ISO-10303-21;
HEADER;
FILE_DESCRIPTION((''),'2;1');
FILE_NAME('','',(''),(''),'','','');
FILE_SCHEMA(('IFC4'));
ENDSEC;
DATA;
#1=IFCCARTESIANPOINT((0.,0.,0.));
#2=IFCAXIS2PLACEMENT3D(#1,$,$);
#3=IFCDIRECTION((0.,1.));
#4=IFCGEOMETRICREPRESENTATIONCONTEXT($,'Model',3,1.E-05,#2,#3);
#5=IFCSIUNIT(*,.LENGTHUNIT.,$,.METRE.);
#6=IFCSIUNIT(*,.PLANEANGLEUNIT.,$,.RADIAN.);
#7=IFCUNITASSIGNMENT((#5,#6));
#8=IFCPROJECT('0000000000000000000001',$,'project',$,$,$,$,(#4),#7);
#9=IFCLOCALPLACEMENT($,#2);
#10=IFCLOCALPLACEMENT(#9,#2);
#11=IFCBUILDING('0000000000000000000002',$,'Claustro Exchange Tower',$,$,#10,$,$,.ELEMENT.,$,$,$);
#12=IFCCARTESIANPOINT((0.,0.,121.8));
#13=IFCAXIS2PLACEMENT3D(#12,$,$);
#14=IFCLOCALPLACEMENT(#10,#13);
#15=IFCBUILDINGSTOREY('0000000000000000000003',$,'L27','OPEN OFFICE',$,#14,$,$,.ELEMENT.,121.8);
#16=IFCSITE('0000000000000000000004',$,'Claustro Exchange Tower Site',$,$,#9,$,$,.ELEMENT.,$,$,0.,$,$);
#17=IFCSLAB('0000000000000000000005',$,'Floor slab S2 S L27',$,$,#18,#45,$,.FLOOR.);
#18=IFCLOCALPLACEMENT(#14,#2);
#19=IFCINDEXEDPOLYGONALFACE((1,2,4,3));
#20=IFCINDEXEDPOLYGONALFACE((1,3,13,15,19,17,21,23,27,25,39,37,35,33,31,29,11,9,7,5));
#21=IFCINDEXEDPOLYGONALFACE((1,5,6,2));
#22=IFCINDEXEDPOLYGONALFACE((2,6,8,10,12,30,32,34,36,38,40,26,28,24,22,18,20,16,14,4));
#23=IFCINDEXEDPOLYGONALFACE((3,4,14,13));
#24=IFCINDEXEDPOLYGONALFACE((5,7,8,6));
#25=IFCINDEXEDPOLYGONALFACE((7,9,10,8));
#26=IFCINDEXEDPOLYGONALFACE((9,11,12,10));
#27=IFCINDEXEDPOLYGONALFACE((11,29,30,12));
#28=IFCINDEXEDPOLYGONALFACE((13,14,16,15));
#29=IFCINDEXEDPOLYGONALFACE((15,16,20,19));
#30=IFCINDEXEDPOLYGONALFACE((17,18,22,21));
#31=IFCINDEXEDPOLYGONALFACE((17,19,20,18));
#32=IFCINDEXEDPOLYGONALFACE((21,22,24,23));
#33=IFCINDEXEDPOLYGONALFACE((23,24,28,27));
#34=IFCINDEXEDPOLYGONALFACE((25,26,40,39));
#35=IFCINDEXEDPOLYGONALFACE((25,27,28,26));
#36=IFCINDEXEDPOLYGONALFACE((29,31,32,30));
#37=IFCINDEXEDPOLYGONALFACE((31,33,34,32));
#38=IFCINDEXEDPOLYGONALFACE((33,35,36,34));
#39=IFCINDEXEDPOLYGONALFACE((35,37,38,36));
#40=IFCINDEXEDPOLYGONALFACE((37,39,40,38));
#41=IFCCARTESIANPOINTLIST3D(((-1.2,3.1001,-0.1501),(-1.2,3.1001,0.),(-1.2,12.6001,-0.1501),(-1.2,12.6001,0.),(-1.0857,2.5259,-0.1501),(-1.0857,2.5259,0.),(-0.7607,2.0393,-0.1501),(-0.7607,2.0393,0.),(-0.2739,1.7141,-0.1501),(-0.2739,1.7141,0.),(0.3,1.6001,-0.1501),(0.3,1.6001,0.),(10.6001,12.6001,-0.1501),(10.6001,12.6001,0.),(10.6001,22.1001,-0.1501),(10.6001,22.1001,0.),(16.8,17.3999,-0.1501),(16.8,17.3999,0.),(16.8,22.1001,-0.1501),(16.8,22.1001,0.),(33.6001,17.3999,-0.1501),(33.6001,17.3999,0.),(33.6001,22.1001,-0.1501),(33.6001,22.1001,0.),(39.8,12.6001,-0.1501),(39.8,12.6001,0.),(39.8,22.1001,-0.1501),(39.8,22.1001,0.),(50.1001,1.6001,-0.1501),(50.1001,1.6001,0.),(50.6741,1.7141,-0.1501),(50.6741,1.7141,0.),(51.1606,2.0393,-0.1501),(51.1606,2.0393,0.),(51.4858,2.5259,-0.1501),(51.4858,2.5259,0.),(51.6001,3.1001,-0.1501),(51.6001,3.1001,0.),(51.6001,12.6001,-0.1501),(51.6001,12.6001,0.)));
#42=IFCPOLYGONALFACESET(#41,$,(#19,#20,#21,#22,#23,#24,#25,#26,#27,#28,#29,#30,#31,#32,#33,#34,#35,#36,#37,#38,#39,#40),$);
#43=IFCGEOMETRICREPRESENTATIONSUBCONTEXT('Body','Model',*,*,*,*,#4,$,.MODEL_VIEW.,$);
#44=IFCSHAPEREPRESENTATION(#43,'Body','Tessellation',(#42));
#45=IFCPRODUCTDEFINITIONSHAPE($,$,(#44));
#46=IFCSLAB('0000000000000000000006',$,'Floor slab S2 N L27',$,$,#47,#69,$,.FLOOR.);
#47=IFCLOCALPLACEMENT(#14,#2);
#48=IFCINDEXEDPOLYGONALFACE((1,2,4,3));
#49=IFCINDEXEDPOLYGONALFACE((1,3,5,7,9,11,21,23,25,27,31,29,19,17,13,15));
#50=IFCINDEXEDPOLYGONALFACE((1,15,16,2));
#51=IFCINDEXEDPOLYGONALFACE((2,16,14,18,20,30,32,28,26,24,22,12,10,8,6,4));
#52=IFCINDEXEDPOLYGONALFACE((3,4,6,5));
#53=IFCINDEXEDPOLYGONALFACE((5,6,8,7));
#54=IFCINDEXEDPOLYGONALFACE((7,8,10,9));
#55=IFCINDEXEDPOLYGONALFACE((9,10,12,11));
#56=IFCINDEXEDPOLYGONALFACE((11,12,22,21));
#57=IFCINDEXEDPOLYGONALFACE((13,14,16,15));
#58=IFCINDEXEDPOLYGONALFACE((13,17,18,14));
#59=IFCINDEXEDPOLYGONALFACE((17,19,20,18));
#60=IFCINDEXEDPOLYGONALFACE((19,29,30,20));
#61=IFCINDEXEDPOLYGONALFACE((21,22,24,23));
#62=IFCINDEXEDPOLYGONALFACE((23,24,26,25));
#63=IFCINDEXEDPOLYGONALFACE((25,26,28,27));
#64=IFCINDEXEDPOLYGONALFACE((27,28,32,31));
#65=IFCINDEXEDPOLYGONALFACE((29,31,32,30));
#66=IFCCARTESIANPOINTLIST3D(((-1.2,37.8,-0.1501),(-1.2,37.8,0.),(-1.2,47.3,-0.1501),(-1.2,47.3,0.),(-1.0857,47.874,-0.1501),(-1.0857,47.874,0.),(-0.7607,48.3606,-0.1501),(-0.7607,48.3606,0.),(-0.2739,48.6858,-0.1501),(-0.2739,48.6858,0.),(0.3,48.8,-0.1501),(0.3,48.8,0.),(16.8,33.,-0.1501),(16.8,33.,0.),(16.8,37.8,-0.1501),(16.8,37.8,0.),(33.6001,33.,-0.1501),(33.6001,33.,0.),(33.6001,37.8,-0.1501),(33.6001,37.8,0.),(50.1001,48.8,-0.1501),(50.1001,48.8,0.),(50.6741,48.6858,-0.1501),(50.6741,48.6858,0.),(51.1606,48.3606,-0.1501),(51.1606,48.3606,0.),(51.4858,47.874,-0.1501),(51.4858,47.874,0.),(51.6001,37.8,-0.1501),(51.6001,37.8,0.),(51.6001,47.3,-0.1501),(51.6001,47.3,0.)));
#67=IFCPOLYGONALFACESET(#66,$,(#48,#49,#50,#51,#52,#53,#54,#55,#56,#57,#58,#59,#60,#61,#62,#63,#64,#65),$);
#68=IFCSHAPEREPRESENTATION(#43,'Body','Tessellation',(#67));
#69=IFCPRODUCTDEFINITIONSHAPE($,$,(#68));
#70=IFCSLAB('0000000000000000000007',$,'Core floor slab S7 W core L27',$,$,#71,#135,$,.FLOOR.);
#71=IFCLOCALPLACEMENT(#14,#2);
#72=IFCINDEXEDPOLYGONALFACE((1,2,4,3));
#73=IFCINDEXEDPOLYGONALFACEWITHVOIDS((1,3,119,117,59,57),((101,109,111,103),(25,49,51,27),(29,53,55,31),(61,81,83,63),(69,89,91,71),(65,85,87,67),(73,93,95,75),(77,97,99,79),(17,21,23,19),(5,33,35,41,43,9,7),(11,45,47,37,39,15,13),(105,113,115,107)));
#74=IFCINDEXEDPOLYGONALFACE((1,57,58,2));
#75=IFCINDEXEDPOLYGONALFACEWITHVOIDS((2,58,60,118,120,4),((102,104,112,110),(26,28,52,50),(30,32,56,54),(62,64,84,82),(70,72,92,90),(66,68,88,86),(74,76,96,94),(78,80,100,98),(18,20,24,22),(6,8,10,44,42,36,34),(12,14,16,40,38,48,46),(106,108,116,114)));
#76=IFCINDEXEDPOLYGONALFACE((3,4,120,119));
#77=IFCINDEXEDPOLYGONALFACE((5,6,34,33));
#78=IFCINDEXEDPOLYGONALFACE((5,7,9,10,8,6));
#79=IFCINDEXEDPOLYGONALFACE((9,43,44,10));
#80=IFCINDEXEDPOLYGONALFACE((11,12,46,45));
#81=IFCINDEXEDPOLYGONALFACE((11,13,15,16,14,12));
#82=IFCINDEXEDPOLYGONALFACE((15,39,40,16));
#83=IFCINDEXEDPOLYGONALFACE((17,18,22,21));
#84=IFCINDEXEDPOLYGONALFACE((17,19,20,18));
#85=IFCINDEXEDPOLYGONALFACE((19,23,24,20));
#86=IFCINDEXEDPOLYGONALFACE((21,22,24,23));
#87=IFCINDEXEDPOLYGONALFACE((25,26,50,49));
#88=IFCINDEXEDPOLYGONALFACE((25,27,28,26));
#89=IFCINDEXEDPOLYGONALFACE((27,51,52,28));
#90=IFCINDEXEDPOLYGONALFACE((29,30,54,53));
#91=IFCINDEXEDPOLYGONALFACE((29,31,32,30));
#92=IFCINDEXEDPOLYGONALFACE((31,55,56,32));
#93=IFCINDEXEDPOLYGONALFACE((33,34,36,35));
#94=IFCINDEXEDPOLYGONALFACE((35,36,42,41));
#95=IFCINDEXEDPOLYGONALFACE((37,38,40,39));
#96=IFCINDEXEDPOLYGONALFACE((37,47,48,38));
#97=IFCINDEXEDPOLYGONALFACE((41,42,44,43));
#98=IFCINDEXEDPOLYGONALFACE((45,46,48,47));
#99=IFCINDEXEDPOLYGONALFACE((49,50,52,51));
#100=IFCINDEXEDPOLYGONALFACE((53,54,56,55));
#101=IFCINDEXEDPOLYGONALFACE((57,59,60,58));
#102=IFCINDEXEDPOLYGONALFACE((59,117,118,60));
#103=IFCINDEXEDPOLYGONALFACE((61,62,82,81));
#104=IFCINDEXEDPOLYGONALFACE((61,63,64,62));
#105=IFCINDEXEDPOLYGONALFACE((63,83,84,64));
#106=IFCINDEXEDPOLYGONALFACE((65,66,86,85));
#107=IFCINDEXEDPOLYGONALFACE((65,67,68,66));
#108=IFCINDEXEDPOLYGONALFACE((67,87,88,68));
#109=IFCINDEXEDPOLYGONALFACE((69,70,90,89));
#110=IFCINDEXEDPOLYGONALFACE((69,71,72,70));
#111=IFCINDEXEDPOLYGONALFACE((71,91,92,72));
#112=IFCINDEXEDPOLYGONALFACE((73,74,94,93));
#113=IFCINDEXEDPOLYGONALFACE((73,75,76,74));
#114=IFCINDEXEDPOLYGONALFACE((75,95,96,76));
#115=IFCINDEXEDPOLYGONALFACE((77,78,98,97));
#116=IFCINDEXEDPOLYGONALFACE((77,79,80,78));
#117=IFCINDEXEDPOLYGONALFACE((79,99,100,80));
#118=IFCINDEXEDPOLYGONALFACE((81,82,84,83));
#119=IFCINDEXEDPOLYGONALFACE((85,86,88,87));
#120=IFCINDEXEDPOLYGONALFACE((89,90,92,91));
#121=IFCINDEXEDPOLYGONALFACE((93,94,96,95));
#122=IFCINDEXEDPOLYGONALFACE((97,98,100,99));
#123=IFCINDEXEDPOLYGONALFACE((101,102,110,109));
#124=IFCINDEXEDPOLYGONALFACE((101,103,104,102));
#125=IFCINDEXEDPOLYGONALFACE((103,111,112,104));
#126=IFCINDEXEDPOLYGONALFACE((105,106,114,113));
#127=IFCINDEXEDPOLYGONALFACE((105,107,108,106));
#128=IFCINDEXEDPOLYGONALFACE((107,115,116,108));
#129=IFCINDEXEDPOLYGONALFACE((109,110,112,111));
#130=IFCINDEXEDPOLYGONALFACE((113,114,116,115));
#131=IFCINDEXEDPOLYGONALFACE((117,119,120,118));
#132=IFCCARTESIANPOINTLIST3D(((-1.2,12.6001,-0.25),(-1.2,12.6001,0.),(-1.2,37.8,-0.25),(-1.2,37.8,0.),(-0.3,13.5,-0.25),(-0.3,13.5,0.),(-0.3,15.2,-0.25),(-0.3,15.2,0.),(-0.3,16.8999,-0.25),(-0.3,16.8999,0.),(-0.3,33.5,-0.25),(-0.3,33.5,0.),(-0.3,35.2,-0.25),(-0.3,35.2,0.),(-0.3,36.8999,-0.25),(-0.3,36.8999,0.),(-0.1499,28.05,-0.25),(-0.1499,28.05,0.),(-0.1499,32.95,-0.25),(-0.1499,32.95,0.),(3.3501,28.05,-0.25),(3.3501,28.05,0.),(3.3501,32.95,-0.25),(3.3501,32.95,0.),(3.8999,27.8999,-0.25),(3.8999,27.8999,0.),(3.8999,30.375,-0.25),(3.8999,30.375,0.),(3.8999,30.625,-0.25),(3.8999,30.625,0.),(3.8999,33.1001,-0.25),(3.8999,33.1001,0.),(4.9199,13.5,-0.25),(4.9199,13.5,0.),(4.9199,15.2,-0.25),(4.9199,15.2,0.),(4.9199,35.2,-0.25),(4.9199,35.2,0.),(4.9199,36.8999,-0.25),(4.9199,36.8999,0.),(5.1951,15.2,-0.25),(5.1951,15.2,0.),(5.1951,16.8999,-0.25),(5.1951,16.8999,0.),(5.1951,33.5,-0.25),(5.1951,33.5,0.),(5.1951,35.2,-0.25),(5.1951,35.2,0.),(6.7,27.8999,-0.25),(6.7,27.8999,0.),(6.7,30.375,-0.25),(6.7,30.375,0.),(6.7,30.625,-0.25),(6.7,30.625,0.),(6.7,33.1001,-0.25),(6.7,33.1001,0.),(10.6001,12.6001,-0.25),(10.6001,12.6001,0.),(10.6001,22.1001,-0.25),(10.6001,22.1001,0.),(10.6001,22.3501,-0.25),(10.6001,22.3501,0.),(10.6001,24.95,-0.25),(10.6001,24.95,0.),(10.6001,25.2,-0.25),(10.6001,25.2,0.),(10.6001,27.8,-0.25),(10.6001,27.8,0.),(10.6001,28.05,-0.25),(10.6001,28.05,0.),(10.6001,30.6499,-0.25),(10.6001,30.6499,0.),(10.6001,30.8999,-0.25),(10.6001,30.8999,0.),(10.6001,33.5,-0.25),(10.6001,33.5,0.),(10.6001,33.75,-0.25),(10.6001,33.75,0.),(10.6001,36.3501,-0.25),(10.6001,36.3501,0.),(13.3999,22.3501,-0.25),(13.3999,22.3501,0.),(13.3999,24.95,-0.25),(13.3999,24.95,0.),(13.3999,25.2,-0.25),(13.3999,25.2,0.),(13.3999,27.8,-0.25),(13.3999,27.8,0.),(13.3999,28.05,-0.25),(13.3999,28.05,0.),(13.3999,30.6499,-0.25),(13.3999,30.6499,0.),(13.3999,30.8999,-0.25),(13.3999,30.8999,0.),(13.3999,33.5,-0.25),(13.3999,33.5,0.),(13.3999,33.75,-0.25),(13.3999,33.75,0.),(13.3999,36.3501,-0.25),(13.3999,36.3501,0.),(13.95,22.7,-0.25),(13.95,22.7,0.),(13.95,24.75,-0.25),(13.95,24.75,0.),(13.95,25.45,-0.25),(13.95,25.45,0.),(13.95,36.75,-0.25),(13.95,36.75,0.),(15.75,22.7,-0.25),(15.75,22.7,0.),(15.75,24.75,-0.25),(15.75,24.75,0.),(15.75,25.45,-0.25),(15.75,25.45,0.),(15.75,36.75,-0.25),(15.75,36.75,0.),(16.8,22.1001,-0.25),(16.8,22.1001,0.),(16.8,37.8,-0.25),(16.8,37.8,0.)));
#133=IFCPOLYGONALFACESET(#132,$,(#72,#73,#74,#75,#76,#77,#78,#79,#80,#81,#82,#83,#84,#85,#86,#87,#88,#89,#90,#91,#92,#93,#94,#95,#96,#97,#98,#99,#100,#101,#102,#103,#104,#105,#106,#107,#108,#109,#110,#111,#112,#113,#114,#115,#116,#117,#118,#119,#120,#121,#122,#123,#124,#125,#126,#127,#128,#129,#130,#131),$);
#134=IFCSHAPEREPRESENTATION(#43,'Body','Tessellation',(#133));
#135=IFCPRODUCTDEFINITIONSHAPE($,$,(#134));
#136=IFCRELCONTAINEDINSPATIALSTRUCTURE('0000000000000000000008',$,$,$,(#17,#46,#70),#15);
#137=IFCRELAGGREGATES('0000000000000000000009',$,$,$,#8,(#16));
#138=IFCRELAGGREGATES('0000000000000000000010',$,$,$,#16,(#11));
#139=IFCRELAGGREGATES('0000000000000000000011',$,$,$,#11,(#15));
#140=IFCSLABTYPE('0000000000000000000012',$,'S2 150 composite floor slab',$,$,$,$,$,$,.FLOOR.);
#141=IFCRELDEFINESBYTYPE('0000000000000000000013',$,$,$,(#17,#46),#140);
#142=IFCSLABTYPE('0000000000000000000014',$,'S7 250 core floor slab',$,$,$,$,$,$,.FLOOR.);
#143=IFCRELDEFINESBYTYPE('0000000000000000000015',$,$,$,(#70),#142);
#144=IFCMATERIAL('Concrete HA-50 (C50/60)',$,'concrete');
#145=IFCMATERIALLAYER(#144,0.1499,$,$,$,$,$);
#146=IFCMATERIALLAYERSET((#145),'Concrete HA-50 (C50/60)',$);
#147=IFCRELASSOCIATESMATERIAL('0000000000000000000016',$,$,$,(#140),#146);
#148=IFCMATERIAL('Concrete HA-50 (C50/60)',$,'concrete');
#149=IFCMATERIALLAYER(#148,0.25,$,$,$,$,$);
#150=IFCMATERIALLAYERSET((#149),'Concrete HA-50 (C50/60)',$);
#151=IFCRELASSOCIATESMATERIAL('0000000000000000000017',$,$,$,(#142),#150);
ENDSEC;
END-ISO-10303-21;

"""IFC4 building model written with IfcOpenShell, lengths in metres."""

from ifc_helpers import new_model, si_unit, direction, frame, origin, place, context, subcontext, project, spatial, polyline, outline, extrude, material, layer, layer_set, type_object, element, save


model = new_model("IFC4")

# Units and contexts
model_context = context("Model", 3, precision=1e-05, world=origin(), true_north=direction((0.0, 1.0)))
body_context = subcontext(model_context, "Body", "Model", "MODEL_VIEW")
ifc_project = project(units=[si_unit("LENGTHUNIT", "METRE"), si_unit("PLANEANGLEUNIT", "RADIAN")], contexts=[model_context])

# Site, building, storey
site_placement = place(None, origin())
site = spatial("IfcSite", under=ifc_project, at=site_placement, Name="Claustro Exchange Tower Site", CompositionType="ELEMENT", RefElevation=0.0)
building_placement = place(site_placement, origin())
building = spatial("IfcBuilding", under=site, at=building_placement, Name="Claustro Exchange Tower", CompositionType="ELEMENT")
storey_placement = place(building_placement, frame((0.0, 0.0, 121.8)))
storey = spatial("IfcBuildingStorey", under=building, at=storey_placement, Name="L27", Description="OPEN OFFICE", CompositionType="ELEMENT", Elevation=121.8)

# Slabs
ifc_material_1 = material(Name="Concrete HA-50 (C50/60)", Category="concrete")
ifc_layer_1 = layer(ifc_material_1, 0.1499)
ifc_layer_set_1 = layer_set([ifc_layer_1], Name="Concrete HA-50 (C50/60)")
slab_type_1 = type_object("IfcSlabType", Name="S2 150 composite floor slab", PredefinedType="FLOOR", material=ifc_layer_set_1)
slab_1_placement = place(storey_placement, frame((0.0, 0.0, -0.1501)))
element("IfcSlab", 1, at=slab_1_placement, inside=storey, type_object=slab_type_1, Name="Floor slab S2 S L27", PredefinedType="FLOOR", context=body_context, shape_type="SweptSolid", body=[
    extrude(outline(polyline([(-0.2739, 1.7141), (0.3, 1.6001), (50.1001, 1.6001), (50.6741, 1.7141), (51.1606, 2.0393), (51.4858, 2.5259), (51.6001, 3.1001), (51.6001, 12.6001), (39.8, 12.6001), (39.8, 22.1001), (33.6001, 22.1001), (33.6001, 17.3999), (16.8, 17.3999), (16.8, 22.1001), (10.6001, 22.1001), (10.6001, 12.6001), (-1.2, 12.6001), (-1.2, 3.1001), (-1.0857, 2.5259), (-0.7607, 2.0393), (-0.2739, 1.7141)])), origin(), (0.0, 0.0, 1.0), 0.1501),
])
slab_2_placement = place(storey_placement, frame((0.0, 0.0, -0.1501)))
element("IfcSlab", 2, at=slab_2_placement, inside=storey, type_object=slab_type_1, Name="Floor slab S2 N L27", PredefinedType="FLOOR", context=body_context, shape_type="SweptSolid", body=[
    extrude(outline(polyline([(16.8, 37.8), (16.8, 33.0), (33.6001, 33.0), (33.6001, 37.8), (51.6001, 37.8), (51.6001, 47.3), (51.4858, 47.874), (51.1606, 48.3606), (50.6741, 48.6858), (50.1001, 48.8), (0.3, 48.8), (-0.2739, 48.6858), (-0.7607, 48.3606), (-1.0857, 47.874), (-1.2, 47.3), (-1.2, 37.8), (16.8, 37.8)])), origin(), (0.0, 0.0, 1.0), 0.1501),
])
ifc_material_2 = material(Name="Concrete HA-50 (C50/60)", Category="concrete")
ifc_layer_2 = layer(ifc_material_2, 0.25)
ifc_layer_set_2 = layer_set([ifc_layer_2], Name="Concrete HA-50 (C50/60)")
slab_type_2 = type_object("IfcSlabType", Name="S7 250 core floor slab", PredefinedType="FLOOR", material=ifc_layer_set_2)
slab_3_placement = place(storey_placement, frame((0.0, 0.0, -0.25)))
element("IfcSlab", 3, at=slab_3_placement, inside=storey, type_object=slab_type_2, Name="Core floor slab S7 W core L27", PredefinedType="FLOOR", context=body_context, shape_type="SweptSolid", body=[
    extrude(outline(polyline([(-1.2, 37.8), (-1.2, 12.6001), (10.6001, 12.6001), (10.6001, 22.1001), (16.8, 22.1001), (16.8, 37.8), (-1.2, 37.8)]), holes=[polyline([(13.95, 24.75), (15.75, 24.75), (15.75, 22.7), (13.95, 22.7), (13.95, 24.75)]), polyline([(13.95, 36.75), (15.75, 36.75), (15.75, 25.45), (13.95, 25.45), (13.95, 36.75)]), polyline([(13.3999, 24.95), (13.3999, 22.3501), (10.6001, 22.3501), (10.6001, 24.95), (13.3999, 24.95)]), polyline([(13.3999, 27.8), (13.3999, 25.2), (10.6001, 25.2), (10.6001, 27.8), (13.3999, 27.8)]), polyline([(13.3999, 30.6499), (13.3999, 28.05), (10.6001, 28.05), (10.6001, 30.6499), (13.3999, 30.6499)]), polyline([(13.3999, 33.5), (13.3999, 30.8999), (10.6001, 30.8999), (10.6001, 33.5), (13.3999, 33.5)]), polyline([(13.3999, 36.3501), (13.3999, 33.75), (10.6001, 33.75), (10.6001, 36.3501), (13.3999, 36.3501)]), polyline([(6.7, 30.375), (6.7, 27.8999), (3.8999, 27.8999), (3.8999, 30.375), (6.7, 30.375)]), polyline([(6.7, 33.1001), (6.7, 30.625), (3.8999, 30.625), (3.8999, 33.1001), (6.7, 33.1001)]), polyline([(-0.3, 15.2), (-0.3, 16.8999), (5.1951, 16.8999), (5.1951, 15.2), (4.9199, 15.2), (4.9199, 13.5), (-0.3, 13.5), (-0.3, 15.2)]), polyline([(-0.3, 35.2), (-0.3, 36.8999), (4.9199, 36.8999), (4.9199, 35.2), (5.1951, 35.2), (5.1951, 33.5), (-0.3, 33.5), (-0.3, 35.2)]), polyline([(-0.1499, 32.95), (3.3501, 32.95), (3.3501, 28.05), (-0.1499, 28.05), (-0.1499, 32.95)])]), origin(), (0.0, 0.0, 1.0), 0.25),
])

save(model, "model.ifc")
